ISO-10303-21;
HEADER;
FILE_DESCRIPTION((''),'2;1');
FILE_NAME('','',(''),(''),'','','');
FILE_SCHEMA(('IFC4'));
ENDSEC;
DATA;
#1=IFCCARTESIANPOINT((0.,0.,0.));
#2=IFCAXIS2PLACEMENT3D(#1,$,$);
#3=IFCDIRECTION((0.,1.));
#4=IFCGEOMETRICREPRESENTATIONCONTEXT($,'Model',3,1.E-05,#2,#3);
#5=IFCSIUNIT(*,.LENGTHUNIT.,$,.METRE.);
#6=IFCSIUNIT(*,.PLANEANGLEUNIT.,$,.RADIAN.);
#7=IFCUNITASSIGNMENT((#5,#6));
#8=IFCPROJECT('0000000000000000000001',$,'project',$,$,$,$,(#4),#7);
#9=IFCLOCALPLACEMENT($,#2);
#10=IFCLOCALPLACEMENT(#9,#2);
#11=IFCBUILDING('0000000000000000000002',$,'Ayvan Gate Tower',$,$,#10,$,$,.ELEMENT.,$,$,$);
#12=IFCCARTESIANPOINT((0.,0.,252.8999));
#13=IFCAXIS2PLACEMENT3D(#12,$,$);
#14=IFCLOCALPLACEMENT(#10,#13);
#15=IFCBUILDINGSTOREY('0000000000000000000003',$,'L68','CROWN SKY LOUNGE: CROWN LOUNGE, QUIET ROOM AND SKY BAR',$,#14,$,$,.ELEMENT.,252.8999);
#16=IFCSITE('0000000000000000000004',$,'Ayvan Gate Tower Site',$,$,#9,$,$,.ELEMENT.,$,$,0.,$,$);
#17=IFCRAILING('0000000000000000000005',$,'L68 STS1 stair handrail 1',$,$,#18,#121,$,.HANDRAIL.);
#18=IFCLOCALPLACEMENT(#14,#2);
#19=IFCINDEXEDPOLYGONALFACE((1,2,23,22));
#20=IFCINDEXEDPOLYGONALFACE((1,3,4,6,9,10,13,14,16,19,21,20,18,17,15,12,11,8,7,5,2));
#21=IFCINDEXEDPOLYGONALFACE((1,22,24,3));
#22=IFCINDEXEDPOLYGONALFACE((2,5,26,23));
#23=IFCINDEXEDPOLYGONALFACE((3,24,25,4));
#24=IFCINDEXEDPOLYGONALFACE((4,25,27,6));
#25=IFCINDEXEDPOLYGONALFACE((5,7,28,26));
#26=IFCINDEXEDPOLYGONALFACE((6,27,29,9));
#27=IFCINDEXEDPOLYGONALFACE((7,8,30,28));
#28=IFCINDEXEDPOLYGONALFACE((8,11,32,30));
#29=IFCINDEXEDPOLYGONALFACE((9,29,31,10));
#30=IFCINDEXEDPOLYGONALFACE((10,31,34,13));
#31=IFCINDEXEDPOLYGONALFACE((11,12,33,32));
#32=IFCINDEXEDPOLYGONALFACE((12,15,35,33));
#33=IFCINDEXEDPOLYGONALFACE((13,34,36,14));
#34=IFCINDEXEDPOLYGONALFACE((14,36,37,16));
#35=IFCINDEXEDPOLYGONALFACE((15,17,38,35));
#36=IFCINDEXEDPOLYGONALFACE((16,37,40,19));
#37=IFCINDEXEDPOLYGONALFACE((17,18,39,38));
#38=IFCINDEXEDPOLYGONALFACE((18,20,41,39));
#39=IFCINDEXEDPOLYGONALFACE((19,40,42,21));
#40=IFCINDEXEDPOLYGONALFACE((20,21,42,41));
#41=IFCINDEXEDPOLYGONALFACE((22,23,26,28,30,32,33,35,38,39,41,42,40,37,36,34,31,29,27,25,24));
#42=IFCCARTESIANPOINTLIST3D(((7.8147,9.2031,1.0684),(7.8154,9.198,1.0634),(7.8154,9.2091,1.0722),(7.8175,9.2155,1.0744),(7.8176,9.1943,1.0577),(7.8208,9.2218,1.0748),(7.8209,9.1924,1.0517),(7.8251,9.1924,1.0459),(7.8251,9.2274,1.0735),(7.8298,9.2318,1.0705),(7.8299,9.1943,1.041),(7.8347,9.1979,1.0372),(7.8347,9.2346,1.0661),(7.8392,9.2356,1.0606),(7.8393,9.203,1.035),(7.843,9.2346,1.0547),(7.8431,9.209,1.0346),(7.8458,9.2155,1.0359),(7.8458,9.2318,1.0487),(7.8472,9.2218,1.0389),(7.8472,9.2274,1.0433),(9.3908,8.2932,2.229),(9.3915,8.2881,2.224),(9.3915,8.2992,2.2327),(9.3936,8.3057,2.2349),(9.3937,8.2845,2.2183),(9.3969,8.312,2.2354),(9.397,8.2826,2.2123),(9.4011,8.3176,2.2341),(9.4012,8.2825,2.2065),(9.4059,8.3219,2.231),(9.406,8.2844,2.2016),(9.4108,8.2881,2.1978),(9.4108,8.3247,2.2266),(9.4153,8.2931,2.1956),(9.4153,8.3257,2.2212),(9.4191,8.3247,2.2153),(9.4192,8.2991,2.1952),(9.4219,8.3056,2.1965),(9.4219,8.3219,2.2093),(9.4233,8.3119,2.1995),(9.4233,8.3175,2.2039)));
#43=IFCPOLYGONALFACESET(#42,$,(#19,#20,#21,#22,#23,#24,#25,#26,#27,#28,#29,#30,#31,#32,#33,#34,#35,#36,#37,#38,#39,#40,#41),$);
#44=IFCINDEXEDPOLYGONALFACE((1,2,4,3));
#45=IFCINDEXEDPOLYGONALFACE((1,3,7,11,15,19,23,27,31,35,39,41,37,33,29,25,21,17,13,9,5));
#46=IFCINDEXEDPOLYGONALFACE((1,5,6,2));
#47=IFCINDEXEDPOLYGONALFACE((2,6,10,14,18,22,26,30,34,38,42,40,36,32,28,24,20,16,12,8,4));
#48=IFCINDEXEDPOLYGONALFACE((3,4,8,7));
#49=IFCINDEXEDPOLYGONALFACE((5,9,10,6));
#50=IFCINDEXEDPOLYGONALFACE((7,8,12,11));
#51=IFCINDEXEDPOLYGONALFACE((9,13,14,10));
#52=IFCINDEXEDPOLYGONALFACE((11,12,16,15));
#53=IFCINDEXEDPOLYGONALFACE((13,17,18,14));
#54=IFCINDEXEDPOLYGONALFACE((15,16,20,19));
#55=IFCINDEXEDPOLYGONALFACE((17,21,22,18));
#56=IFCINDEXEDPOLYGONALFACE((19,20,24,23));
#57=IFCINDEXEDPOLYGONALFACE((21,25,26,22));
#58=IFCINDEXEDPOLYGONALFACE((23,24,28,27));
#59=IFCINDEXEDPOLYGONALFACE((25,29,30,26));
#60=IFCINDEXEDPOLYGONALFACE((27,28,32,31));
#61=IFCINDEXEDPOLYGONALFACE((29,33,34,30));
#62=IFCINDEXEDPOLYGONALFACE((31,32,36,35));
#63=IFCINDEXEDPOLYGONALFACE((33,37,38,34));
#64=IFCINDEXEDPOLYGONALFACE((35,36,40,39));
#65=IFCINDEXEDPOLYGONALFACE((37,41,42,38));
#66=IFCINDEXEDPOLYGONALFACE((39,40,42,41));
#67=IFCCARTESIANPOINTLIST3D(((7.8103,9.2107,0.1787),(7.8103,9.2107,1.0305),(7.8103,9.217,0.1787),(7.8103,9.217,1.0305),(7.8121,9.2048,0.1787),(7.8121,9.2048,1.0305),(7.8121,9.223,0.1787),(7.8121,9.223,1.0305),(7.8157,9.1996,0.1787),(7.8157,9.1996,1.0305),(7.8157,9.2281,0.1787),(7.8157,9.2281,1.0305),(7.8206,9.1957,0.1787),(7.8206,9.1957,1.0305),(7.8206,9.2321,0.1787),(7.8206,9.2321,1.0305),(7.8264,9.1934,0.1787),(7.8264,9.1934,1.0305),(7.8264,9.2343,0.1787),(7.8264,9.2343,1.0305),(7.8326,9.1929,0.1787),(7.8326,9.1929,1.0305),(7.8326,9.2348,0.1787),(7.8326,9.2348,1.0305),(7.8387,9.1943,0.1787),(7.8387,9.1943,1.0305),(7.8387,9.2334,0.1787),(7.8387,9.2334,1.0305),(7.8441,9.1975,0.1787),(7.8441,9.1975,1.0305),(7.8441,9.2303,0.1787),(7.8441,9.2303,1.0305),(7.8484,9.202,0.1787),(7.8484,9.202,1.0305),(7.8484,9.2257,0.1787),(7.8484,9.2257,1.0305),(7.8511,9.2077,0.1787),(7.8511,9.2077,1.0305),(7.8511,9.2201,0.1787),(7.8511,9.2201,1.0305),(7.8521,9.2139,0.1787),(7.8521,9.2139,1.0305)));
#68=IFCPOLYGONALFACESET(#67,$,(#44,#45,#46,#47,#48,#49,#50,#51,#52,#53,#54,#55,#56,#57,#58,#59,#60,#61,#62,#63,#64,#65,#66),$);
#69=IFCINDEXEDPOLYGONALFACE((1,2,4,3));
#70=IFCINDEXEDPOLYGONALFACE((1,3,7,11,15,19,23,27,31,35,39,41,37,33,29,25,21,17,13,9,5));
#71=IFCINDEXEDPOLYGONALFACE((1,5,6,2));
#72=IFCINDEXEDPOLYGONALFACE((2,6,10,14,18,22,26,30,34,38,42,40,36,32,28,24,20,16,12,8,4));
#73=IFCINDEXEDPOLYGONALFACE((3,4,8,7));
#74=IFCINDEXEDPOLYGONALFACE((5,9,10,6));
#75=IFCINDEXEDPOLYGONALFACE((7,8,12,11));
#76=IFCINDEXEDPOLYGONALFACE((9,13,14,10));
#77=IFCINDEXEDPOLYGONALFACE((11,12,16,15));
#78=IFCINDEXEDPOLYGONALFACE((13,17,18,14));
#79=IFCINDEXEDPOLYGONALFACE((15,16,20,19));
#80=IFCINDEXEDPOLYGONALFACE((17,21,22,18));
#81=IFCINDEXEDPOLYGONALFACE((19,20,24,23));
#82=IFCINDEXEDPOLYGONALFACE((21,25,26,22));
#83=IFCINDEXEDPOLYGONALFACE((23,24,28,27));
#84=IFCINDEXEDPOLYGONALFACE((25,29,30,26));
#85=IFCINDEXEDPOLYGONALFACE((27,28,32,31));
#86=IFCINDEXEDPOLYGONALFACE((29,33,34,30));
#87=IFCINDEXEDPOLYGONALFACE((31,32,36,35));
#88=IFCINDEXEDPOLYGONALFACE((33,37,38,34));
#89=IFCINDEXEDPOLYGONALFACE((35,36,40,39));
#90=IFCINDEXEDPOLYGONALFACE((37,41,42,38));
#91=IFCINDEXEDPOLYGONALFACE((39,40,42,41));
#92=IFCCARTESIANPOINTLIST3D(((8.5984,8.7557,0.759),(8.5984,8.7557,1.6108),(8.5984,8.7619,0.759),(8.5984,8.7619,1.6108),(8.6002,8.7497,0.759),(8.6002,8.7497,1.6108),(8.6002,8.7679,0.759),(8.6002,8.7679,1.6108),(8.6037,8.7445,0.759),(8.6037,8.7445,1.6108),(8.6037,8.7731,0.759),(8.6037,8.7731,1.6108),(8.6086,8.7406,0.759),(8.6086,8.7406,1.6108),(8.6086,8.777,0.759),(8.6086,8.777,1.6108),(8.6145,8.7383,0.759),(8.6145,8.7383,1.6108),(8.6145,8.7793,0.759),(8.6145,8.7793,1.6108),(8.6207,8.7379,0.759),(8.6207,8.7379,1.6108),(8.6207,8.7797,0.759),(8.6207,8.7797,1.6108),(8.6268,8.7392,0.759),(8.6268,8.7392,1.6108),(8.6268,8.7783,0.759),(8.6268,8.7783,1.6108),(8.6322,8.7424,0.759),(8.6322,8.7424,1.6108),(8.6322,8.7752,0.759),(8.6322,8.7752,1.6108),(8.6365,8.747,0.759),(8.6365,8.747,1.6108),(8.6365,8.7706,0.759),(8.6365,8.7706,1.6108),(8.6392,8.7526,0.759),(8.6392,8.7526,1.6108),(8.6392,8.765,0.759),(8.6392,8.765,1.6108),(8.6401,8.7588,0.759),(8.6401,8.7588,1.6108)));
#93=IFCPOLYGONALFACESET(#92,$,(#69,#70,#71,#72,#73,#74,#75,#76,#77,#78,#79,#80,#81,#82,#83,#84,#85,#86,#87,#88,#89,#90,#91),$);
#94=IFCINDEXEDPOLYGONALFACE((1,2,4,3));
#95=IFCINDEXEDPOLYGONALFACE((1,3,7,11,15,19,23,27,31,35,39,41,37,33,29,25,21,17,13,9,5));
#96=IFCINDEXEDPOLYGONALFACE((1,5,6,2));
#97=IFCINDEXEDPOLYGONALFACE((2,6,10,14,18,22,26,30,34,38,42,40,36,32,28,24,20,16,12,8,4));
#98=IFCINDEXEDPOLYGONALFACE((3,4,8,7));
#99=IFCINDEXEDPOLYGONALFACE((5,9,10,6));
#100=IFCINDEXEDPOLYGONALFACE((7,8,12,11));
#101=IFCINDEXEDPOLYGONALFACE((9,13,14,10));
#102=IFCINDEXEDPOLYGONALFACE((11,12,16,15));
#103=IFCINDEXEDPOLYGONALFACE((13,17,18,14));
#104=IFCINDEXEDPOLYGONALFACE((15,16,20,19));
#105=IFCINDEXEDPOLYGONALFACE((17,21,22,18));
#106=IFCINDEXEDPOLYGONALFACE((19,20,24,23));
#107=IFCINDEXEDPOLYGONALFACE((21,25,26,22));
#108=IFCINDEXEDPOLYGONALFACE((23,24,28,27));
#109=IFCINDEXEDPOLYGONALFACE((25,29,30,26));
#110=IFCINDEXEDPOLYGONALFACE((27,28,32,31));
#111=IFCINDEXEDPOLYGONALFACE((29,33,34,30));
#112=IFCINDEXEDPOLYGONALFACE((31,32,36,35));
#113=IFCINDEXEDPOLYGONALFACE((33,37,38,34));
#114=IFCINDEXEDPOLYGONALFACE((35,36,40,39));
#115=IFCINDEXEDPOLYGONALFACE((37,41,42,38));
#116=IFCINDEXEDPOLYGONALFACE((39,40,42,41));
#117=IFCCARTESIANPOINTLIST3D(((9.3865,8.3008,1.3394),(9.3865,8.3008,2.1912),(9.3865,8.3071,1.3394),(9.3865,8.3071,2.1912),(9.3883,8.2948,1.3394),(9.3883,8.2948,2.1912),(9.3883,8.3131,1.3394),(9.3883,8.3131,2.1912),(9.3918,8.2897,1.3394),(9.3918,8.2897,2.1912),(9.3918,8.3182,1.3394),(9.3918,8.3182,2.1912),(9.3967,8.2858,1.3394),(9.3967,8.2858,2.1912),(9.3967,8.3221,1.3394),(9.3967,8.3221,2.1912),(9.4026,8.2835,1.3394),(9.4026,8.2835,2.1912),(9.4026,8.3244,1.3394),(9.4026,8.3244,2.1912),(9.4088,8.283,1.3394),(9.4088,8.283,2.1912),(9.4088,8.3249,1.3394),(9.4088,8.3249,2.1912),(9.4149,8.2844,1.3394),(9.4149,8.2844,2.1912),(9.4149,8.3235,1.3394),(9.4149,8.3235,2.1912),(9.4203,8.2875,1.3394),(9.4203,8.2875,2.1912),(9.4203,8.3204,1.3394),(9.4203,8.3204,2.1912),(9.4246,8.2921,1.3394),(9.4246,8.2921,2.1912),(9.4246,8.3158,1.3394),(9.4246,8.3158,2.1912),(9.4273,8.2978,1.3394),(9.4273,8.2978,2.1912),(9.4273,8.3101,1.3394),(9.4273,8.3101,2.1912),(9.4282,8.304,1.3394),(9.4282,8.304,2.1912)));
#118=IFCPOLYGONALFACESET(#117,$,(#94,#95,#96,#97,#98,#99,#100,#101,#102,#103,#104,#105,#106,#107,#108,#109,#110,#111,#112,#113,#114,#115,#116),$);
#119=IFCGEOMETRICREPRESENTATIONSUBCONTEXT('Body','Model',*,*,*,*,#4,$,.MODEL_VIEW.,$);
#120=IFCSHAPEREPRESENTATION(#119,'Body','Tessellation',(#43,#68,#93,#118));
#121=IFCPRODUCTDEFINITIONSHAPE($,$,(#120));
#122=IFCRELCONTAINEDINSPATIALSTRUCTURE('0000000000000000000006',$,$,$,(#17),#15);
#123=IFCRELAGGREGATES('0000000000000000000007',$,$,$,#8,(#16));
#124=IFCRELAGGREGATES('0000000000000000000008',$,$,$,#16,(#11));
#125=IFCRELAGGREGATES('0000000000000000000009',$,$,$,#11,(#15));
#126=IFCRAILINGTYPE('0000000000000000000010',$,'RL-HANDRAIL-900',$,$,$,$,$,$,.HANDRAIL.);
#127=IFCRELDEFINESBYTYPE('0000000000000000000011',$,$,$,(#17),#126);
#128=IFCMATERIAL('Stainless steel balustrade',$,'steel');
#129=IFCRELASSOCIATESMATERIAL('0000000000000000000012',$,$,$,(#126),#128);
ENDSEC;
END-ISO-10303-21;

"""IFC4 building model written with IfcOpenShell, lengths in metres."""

from ifc_helpers import new_model, si_unit, direction, frame, origin, origin_2d, place, context, subcontext, project, spatial, circle, extrude, material, type_object, element, save


model = new_model("IFC4")

# Units and contexts
model_context = context("Model", 3, precision=1e-05, world=origin(), true_north=direction((0.0, 1.0)))
body_context = subcontext(model_context, "Body", "Model", "MODEL_VIEW")
ifc_project = project(units=[si_unit("LENGTHUNIT", "METRE"), si_unit("PLANEANGLEUNIT", "RADIAN")], contexts=[model_context])

# Site, building, storey
site_placement = place(None, origin())
site = spatial("IfcSite", under=ifc_project, at=site_placement, Name="Ayvan Gate Tower Site", CompositionType="ELEMENT", RefElevation=0.0)
building_placement = place(site_placement, origin())
building = spatial("IfcBuilding", under=site, at=building_placement, Name="Ayvan Gate Tower", CompositionType="ELEMENT")
storey_placement = place(building_placement, frame((0.0, 0.0, 252.8999)))
storey = spatial("IfcBuildingStorey", under=building, at=storey_placement, Name="L68", Description="CROWN SKY LOUNGE: CROWN LOUNGE, QUIET ROOM AND SKY BAR", CompositionType="ELEMENT", Elevation=252.8999)

# Railing
ifc_material_1 = material(Name="Stainless steel balustrade", Category="steel")
railing_type_1 = type_object("IfcRailingType", Name="RL-HANDRAIL-900", PredefinedType="HANDRAIL", material=ifc_material_1)
railing_1_placement = place(storey_placement, frame((7.8311, 9.2139, 0.1787)))
element("IfcRailing", 1, at=railing_1_placement, inside=storey, type_object=railing_type_1, Name="L68 STS1 stair handrail 1", PredefinedType="HANDRAIL", context=body_context, shape_type="SweptSolid", body=[
    extrude(circle(Radius=0.0239, at=origin_2d()), frame((0.0, 0.0, 0.876), z_axis=(0.730198, -0.421538, 0.537695), x_axis=(0.499962, 0.866047, 0.0)), (0.0, 0.0, 1.0), 2.1584),
    extrude(circle(Radius=0.021, at=origin_2d()), origin(), (0.0, 0.0, 1.0), 0.8518),
    extrude(circle(Radius=0.021, at=origin_2d()), frame((0.7881, -0.4551, 0.5803)), (0.0, 0.0, 1.0), 0.8518),
    extrude(circle(Radius=0.021, at=origin_2d()), frame((1.5762, -0.9099, 1.1606)), (0.0, 0.0, 1.0), 0.8518),
])

save(model, "model.ifc")
